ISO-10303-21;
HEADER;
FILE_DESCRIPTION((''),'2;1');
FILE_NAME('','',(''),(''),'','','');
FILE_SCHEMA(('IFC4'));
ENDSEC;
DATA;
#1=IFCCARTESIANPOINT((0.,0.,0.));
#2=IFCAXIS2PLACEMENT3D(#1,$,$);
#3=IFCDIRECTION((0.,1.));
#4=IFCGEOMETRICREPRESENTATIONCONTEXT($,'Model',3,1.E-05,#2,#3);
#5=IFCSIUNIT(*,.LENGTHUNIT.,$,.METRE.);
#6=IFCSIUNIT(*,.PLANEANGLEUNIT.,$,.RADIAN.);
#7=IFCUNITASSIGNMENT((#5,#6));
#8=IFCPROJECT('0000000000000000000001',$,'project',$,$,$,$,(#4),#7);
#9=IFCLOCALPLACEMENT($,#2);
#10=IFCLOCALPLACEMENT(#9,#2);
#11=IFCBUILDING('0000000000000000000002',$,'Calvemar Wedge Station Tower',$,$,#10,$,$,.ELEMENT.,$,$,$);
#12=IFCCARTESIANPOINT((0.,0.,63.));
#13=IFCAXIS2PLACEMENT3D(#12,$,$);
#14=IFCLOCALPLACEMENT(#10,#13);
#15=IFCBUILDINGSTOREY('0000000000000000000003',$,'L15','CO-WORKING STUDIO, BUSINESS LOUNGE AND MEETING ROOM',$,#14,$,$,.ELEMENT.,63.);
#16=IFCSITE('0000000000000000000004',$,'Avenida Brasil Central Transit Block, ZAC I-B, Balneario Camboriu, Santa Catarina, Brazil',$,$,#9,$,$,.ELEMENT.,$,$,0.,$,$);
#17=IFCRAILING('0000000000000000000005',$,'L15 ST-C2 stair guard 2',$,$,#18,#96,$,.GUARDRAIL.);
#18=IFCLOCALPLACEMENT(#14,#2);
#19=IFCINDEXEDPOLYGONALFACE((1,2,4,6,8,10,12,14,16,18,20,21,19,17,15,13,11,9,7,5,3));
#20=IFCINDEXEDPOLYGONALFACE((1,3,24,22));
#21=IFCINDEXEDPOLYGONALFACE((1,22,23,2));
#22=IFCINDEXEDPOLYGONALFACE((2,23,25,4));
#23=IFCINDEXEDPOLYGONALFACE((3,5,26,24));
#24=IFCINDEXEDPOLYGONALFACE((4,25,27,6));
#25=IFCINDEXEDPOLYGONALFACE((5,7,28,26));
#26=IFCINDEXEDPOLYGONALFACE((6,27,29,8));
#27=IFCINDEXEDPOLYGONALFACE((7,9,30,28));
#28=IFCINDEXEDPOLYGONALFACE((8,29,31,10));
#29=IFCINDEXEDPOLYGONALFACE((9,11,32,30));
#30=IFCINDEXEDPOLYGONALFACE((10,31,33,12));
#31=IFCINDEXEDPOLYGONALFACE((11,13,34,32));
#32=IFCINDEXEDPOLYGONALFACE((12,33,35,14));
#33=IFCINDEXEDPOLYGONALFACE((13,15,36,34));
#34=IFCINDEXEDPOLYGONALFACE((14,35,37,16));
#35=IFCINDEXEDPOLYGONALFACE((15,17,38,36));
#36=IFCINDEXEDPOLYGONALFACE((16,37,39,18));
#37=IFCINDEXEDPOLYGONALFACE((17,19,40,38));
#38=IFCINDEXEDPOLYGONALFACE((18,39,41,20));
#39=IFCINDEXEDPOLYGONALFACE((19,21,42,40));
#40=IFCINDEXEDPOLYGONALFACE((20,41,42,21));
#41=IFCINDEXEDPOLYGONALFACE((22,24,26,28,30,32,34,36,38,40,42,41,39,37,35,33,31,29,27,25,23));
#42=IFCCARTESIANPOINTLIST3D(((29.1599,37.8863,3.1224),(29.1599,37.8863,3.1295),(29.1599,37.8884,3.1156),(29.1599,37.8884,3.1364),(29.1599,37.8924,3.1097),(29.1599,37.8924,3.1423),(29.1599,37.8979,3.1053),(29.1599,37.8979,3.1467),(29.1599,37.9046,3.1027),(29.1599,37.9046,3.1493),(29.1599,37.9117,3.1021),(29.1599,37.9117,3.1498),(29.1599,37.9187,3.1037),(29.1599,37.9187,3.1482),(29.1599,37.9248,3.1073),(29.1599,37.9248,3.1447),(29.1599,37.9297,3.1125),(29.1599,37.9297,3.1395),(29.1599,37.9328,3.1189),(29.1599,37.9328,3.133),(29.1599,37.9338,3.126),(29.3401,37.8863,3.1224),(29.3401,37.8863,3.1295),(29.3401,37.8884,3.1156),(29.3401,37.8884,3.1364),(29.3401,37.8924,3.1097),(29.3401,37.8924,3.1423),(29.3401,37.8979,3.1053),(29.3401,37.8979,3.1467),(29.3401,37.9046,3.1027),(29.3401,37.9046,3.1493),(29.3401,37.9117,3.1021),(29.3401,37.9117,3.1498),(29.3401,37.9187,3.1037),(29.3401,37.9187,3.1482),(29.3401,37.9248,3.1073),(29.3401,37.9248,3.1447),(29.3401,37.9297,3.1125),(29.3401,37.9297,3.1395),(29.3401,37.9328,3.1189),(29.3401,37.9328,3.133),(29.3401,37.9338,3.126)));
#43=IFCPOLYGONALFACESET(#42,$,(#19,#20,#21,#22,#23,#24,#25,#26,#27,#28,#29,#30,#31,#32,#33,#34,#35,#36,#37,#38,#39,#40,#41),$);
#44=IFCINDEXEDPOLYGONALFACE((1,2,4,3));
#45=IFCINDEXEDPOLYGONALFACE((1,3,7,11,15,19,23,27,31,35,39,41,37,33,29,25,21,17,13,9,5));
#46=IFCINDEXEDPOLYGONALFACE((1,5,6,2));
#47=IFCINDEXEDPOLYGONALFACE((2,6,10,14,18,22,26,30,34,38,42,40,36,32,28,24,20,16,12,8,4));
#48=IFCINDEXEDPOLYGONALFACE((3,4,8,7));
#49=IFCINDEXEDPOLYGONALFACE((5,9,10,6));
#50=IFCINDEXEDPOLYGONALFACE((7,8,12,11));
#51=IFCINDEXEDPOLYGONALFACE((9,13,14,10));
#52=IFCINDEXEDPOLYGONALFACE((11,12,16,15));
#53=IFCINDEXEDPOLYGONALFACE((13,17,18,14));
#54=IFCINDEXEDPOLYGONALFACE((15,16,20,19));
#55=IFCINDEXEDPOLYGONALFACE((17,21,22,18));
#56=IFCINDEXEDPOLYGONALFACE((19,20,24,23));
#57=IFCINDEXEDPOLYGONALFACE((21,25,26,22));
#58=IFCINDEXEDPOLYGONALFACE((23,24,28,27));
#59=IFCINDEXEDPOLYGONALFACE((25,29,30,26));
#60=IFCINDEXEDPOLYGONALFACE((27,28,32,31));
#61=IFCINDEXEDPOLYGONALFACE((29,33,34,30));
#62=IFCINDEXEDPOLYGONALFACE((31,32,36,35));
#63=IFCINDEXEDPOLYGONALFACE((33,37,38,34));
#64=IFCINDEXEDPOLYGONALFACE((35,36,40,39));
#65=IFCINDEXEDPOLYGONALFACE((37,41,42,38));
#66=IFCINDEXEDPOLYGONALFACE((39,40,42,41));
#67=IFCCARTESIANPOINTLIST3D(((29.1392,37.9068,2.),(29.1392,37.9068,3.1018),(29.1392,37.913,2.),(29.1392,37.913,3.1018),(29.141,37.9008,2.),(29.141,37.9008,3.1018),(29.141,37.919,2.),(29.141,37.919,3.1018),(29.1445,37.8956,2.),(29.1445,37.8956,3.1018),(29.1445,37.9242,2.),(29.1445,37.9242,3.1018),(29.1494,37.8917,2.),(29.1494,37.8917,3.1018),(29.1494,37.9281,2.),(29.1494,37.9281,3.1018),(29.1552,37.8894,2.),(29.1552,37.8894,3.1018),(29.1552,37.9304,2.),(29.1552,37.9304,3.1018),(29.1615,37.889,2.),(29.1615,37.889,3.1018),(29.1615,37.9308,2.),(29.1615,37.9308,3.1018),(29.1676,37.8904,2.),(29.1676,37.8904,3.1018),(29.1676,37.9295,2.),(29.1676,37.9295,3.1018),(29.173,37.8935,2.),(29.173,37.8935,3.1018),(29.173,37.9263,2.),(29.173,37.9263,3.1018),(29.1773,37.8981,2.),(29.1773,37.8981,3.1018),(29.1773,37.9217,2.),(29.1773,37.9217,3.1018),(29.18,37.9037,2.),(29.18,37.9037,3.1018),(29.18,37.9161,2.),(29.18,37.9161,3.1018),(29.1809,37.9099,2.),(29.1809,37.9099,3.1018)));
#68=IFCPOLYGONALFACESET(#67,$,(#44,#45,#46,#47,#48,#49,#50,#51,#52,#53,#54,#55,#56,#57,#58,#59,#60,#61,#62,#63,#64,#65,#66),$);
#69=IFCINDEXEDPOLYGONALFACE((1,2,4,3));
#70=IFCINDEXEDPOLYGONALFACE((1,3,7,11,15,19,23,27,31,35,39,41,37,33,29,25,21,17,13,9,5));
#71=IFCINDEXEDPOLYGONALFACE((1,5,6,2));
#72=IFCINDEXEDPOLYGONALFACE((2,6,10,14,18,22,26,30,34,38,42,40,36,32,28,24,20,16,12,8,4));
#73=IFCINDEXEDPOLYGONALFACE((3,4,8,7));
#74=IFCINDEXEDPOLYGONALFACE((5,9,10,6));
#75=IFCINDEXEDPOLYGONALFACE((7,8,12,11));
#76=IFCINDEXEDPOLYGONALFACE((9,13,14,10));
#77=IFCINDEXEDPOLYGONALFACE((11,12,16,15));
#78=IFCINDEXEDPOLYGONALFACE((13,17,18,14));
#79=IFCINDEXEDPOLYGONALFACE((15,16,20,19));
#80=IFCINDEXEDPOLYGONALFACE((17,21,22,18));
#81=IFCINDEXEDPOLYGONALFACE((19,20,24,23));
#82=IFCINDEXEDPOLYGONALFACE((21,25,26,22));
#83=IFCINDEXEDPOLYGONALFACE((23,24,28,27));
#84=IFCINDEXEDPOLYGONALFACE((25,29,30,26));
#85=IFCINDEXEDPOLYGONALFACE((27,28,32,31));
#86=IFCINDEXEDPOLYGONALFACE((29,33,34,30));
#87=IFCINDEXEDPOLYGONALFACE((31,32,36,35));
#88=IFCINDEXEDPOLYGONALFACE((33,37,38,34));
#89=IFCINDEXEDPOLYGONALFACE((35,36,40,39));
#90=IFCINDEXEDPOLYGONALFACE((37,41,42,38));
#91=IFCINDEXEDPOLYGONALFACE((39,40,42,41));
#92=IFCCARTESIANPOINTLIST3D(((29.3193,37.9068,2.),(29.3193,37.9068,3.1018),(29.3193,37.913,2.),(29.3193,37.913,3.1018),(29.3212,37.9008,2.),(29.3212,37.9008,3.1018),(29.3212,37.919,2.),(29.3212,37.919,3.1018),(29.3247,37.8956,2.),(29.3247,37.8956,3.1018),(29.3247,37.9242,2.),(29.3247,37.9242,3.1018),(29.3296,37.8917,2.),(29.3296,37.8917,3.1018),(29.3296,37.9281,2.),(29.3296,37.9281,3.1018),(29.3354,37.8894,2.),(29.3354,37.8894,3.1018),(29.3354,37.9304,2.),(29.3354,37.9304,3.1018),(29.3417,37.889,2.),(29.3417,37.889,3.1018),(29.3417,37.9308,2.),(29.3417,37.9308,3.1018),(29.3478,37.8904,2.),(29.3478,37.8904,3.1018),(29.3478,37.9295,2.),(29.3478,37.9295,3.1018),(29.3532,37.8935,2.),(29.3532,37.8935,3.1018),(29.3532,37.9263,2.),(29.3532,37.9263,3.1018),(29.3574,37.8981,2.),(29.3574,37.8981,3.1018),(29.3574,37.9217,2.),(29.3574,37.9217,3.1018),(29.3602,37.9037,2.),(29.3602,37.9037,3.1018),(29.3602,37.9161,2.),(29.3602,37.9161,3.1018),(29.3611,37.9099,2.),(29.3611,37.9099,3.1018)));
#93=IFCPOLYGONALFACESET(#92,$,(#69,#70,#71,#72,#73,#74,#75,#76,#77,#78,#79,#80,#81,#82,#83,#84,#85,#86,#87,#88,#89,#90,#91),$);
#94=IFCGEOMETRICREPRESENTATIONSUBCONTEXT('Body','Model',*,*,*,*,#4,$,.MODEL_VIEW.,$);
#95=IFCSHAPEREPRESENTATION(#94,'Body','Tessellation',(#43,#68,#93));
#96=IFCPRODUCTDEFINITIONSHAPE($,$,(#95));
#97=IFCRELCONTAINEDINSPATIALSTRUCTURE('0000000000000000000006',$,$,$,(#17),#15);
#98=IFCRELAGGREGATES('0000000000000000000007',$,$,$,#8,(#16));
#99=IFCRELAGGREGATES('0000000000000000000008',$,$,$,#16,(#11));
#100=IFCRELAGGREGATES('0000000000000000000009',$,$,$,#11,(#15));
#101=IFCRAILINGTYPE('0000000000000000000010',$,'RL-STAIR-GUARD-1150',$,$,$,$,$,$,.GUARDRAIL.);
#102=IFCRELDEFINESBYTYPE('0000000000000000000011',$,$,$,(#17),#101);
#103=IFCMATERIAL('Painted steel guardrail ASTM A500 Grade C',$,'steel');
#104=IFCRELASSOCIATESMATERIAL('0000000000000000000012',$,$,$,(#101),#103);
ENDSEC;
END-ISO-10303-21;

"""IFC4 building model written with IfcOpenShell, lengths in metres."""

from ifc_helpers import new_model, si_unit, direction, frame, origin, origin_2d, place, context, subcontext, project, spatial, circle, extrude, material, type_object, element, save


model = new_model("IFC4")

# Units and contexts
model_context = context("Model", 3, precision=1e-05, world=origin(), true_north=direction((0.0, 1.0)))
body_context = subcontext(model_context, "Body", "Model", "MODEL_VIEW")
ifc_project = project(units=[si_unit("LENGTHUNIT", "METRE"), si_unit("PLANEANGLEUNIT", "RADIAN")], contexts=[model_context])

# Site, building, storey
site_placement = place(None, origin())
site = spatial("IfcSite", under=ifc_project, at=site_placement, Name="Avenida Brasil Central Transit Block, ZAC I-B, Balneario Camboriu, Santa Catarina, Brazil", CompositionType="ELEMENT", RefElevation=0.0)
building_placement = place(site_placement, origin())
building = spatial("IfcBuilding", under=site, at=building_placement, Name="Calvemar Wedge Station Tower", CompositionType="ELEMENT")
storey_placement = place(building_placement, frame((0.0, 0.0, 63.0)))
storey = spatial("IfcBuildingStorey", under=building, at=storey_placement, Name="L15", Description="CO-WORKING STUDIO, BUSINESS LOUNGE AND MEETING ROOM", CompositionType="ELEMENT", Elevation=63.0)

# Railing
ifc_material_1 = material(Name="Painted steel guardrail ASTM A500 Grade C", Category="steel")
railing_type_1 = type_object("IfcRailingType", Name="RL-STAIR-GUARD-1150", PredefinedType="GUARDRAIL", material=ifc_material_1)
railing_1_placement = place(storey_placement, frame((29.1599, 37.9099, 2.0)))
element("IfcRailing", 1, at=railing_1_placement, inside=storey, type_object=railing_type_1, Name="L15 ST-C2 stair guard 2", PredefinedType="GUARDRAIL", context=body_context, shape_type="SweptSolid", body=[
    extrude(circle(Radius=0.0239, at=origin_2d()), frame((0.0, 0.0, 1.126), z_axis=(1.0, 0.0, 0.0), x_axis=(0.0, 1.0, 0.0)), (0.0, 0.0, 1.0), 0.1802),
    extrude(circle(Radius=0.021, at=origin_2d()), origin(), (0.0, 0.0, 1.0), 1.1018),
    extrude(circle(Radius=0.021, at=origin_2d()), frame((0.1802, 0.0, 0.0)), (0.0, 0.0, 1.0), 1.1018),
])

save(model, "model.ifc")
